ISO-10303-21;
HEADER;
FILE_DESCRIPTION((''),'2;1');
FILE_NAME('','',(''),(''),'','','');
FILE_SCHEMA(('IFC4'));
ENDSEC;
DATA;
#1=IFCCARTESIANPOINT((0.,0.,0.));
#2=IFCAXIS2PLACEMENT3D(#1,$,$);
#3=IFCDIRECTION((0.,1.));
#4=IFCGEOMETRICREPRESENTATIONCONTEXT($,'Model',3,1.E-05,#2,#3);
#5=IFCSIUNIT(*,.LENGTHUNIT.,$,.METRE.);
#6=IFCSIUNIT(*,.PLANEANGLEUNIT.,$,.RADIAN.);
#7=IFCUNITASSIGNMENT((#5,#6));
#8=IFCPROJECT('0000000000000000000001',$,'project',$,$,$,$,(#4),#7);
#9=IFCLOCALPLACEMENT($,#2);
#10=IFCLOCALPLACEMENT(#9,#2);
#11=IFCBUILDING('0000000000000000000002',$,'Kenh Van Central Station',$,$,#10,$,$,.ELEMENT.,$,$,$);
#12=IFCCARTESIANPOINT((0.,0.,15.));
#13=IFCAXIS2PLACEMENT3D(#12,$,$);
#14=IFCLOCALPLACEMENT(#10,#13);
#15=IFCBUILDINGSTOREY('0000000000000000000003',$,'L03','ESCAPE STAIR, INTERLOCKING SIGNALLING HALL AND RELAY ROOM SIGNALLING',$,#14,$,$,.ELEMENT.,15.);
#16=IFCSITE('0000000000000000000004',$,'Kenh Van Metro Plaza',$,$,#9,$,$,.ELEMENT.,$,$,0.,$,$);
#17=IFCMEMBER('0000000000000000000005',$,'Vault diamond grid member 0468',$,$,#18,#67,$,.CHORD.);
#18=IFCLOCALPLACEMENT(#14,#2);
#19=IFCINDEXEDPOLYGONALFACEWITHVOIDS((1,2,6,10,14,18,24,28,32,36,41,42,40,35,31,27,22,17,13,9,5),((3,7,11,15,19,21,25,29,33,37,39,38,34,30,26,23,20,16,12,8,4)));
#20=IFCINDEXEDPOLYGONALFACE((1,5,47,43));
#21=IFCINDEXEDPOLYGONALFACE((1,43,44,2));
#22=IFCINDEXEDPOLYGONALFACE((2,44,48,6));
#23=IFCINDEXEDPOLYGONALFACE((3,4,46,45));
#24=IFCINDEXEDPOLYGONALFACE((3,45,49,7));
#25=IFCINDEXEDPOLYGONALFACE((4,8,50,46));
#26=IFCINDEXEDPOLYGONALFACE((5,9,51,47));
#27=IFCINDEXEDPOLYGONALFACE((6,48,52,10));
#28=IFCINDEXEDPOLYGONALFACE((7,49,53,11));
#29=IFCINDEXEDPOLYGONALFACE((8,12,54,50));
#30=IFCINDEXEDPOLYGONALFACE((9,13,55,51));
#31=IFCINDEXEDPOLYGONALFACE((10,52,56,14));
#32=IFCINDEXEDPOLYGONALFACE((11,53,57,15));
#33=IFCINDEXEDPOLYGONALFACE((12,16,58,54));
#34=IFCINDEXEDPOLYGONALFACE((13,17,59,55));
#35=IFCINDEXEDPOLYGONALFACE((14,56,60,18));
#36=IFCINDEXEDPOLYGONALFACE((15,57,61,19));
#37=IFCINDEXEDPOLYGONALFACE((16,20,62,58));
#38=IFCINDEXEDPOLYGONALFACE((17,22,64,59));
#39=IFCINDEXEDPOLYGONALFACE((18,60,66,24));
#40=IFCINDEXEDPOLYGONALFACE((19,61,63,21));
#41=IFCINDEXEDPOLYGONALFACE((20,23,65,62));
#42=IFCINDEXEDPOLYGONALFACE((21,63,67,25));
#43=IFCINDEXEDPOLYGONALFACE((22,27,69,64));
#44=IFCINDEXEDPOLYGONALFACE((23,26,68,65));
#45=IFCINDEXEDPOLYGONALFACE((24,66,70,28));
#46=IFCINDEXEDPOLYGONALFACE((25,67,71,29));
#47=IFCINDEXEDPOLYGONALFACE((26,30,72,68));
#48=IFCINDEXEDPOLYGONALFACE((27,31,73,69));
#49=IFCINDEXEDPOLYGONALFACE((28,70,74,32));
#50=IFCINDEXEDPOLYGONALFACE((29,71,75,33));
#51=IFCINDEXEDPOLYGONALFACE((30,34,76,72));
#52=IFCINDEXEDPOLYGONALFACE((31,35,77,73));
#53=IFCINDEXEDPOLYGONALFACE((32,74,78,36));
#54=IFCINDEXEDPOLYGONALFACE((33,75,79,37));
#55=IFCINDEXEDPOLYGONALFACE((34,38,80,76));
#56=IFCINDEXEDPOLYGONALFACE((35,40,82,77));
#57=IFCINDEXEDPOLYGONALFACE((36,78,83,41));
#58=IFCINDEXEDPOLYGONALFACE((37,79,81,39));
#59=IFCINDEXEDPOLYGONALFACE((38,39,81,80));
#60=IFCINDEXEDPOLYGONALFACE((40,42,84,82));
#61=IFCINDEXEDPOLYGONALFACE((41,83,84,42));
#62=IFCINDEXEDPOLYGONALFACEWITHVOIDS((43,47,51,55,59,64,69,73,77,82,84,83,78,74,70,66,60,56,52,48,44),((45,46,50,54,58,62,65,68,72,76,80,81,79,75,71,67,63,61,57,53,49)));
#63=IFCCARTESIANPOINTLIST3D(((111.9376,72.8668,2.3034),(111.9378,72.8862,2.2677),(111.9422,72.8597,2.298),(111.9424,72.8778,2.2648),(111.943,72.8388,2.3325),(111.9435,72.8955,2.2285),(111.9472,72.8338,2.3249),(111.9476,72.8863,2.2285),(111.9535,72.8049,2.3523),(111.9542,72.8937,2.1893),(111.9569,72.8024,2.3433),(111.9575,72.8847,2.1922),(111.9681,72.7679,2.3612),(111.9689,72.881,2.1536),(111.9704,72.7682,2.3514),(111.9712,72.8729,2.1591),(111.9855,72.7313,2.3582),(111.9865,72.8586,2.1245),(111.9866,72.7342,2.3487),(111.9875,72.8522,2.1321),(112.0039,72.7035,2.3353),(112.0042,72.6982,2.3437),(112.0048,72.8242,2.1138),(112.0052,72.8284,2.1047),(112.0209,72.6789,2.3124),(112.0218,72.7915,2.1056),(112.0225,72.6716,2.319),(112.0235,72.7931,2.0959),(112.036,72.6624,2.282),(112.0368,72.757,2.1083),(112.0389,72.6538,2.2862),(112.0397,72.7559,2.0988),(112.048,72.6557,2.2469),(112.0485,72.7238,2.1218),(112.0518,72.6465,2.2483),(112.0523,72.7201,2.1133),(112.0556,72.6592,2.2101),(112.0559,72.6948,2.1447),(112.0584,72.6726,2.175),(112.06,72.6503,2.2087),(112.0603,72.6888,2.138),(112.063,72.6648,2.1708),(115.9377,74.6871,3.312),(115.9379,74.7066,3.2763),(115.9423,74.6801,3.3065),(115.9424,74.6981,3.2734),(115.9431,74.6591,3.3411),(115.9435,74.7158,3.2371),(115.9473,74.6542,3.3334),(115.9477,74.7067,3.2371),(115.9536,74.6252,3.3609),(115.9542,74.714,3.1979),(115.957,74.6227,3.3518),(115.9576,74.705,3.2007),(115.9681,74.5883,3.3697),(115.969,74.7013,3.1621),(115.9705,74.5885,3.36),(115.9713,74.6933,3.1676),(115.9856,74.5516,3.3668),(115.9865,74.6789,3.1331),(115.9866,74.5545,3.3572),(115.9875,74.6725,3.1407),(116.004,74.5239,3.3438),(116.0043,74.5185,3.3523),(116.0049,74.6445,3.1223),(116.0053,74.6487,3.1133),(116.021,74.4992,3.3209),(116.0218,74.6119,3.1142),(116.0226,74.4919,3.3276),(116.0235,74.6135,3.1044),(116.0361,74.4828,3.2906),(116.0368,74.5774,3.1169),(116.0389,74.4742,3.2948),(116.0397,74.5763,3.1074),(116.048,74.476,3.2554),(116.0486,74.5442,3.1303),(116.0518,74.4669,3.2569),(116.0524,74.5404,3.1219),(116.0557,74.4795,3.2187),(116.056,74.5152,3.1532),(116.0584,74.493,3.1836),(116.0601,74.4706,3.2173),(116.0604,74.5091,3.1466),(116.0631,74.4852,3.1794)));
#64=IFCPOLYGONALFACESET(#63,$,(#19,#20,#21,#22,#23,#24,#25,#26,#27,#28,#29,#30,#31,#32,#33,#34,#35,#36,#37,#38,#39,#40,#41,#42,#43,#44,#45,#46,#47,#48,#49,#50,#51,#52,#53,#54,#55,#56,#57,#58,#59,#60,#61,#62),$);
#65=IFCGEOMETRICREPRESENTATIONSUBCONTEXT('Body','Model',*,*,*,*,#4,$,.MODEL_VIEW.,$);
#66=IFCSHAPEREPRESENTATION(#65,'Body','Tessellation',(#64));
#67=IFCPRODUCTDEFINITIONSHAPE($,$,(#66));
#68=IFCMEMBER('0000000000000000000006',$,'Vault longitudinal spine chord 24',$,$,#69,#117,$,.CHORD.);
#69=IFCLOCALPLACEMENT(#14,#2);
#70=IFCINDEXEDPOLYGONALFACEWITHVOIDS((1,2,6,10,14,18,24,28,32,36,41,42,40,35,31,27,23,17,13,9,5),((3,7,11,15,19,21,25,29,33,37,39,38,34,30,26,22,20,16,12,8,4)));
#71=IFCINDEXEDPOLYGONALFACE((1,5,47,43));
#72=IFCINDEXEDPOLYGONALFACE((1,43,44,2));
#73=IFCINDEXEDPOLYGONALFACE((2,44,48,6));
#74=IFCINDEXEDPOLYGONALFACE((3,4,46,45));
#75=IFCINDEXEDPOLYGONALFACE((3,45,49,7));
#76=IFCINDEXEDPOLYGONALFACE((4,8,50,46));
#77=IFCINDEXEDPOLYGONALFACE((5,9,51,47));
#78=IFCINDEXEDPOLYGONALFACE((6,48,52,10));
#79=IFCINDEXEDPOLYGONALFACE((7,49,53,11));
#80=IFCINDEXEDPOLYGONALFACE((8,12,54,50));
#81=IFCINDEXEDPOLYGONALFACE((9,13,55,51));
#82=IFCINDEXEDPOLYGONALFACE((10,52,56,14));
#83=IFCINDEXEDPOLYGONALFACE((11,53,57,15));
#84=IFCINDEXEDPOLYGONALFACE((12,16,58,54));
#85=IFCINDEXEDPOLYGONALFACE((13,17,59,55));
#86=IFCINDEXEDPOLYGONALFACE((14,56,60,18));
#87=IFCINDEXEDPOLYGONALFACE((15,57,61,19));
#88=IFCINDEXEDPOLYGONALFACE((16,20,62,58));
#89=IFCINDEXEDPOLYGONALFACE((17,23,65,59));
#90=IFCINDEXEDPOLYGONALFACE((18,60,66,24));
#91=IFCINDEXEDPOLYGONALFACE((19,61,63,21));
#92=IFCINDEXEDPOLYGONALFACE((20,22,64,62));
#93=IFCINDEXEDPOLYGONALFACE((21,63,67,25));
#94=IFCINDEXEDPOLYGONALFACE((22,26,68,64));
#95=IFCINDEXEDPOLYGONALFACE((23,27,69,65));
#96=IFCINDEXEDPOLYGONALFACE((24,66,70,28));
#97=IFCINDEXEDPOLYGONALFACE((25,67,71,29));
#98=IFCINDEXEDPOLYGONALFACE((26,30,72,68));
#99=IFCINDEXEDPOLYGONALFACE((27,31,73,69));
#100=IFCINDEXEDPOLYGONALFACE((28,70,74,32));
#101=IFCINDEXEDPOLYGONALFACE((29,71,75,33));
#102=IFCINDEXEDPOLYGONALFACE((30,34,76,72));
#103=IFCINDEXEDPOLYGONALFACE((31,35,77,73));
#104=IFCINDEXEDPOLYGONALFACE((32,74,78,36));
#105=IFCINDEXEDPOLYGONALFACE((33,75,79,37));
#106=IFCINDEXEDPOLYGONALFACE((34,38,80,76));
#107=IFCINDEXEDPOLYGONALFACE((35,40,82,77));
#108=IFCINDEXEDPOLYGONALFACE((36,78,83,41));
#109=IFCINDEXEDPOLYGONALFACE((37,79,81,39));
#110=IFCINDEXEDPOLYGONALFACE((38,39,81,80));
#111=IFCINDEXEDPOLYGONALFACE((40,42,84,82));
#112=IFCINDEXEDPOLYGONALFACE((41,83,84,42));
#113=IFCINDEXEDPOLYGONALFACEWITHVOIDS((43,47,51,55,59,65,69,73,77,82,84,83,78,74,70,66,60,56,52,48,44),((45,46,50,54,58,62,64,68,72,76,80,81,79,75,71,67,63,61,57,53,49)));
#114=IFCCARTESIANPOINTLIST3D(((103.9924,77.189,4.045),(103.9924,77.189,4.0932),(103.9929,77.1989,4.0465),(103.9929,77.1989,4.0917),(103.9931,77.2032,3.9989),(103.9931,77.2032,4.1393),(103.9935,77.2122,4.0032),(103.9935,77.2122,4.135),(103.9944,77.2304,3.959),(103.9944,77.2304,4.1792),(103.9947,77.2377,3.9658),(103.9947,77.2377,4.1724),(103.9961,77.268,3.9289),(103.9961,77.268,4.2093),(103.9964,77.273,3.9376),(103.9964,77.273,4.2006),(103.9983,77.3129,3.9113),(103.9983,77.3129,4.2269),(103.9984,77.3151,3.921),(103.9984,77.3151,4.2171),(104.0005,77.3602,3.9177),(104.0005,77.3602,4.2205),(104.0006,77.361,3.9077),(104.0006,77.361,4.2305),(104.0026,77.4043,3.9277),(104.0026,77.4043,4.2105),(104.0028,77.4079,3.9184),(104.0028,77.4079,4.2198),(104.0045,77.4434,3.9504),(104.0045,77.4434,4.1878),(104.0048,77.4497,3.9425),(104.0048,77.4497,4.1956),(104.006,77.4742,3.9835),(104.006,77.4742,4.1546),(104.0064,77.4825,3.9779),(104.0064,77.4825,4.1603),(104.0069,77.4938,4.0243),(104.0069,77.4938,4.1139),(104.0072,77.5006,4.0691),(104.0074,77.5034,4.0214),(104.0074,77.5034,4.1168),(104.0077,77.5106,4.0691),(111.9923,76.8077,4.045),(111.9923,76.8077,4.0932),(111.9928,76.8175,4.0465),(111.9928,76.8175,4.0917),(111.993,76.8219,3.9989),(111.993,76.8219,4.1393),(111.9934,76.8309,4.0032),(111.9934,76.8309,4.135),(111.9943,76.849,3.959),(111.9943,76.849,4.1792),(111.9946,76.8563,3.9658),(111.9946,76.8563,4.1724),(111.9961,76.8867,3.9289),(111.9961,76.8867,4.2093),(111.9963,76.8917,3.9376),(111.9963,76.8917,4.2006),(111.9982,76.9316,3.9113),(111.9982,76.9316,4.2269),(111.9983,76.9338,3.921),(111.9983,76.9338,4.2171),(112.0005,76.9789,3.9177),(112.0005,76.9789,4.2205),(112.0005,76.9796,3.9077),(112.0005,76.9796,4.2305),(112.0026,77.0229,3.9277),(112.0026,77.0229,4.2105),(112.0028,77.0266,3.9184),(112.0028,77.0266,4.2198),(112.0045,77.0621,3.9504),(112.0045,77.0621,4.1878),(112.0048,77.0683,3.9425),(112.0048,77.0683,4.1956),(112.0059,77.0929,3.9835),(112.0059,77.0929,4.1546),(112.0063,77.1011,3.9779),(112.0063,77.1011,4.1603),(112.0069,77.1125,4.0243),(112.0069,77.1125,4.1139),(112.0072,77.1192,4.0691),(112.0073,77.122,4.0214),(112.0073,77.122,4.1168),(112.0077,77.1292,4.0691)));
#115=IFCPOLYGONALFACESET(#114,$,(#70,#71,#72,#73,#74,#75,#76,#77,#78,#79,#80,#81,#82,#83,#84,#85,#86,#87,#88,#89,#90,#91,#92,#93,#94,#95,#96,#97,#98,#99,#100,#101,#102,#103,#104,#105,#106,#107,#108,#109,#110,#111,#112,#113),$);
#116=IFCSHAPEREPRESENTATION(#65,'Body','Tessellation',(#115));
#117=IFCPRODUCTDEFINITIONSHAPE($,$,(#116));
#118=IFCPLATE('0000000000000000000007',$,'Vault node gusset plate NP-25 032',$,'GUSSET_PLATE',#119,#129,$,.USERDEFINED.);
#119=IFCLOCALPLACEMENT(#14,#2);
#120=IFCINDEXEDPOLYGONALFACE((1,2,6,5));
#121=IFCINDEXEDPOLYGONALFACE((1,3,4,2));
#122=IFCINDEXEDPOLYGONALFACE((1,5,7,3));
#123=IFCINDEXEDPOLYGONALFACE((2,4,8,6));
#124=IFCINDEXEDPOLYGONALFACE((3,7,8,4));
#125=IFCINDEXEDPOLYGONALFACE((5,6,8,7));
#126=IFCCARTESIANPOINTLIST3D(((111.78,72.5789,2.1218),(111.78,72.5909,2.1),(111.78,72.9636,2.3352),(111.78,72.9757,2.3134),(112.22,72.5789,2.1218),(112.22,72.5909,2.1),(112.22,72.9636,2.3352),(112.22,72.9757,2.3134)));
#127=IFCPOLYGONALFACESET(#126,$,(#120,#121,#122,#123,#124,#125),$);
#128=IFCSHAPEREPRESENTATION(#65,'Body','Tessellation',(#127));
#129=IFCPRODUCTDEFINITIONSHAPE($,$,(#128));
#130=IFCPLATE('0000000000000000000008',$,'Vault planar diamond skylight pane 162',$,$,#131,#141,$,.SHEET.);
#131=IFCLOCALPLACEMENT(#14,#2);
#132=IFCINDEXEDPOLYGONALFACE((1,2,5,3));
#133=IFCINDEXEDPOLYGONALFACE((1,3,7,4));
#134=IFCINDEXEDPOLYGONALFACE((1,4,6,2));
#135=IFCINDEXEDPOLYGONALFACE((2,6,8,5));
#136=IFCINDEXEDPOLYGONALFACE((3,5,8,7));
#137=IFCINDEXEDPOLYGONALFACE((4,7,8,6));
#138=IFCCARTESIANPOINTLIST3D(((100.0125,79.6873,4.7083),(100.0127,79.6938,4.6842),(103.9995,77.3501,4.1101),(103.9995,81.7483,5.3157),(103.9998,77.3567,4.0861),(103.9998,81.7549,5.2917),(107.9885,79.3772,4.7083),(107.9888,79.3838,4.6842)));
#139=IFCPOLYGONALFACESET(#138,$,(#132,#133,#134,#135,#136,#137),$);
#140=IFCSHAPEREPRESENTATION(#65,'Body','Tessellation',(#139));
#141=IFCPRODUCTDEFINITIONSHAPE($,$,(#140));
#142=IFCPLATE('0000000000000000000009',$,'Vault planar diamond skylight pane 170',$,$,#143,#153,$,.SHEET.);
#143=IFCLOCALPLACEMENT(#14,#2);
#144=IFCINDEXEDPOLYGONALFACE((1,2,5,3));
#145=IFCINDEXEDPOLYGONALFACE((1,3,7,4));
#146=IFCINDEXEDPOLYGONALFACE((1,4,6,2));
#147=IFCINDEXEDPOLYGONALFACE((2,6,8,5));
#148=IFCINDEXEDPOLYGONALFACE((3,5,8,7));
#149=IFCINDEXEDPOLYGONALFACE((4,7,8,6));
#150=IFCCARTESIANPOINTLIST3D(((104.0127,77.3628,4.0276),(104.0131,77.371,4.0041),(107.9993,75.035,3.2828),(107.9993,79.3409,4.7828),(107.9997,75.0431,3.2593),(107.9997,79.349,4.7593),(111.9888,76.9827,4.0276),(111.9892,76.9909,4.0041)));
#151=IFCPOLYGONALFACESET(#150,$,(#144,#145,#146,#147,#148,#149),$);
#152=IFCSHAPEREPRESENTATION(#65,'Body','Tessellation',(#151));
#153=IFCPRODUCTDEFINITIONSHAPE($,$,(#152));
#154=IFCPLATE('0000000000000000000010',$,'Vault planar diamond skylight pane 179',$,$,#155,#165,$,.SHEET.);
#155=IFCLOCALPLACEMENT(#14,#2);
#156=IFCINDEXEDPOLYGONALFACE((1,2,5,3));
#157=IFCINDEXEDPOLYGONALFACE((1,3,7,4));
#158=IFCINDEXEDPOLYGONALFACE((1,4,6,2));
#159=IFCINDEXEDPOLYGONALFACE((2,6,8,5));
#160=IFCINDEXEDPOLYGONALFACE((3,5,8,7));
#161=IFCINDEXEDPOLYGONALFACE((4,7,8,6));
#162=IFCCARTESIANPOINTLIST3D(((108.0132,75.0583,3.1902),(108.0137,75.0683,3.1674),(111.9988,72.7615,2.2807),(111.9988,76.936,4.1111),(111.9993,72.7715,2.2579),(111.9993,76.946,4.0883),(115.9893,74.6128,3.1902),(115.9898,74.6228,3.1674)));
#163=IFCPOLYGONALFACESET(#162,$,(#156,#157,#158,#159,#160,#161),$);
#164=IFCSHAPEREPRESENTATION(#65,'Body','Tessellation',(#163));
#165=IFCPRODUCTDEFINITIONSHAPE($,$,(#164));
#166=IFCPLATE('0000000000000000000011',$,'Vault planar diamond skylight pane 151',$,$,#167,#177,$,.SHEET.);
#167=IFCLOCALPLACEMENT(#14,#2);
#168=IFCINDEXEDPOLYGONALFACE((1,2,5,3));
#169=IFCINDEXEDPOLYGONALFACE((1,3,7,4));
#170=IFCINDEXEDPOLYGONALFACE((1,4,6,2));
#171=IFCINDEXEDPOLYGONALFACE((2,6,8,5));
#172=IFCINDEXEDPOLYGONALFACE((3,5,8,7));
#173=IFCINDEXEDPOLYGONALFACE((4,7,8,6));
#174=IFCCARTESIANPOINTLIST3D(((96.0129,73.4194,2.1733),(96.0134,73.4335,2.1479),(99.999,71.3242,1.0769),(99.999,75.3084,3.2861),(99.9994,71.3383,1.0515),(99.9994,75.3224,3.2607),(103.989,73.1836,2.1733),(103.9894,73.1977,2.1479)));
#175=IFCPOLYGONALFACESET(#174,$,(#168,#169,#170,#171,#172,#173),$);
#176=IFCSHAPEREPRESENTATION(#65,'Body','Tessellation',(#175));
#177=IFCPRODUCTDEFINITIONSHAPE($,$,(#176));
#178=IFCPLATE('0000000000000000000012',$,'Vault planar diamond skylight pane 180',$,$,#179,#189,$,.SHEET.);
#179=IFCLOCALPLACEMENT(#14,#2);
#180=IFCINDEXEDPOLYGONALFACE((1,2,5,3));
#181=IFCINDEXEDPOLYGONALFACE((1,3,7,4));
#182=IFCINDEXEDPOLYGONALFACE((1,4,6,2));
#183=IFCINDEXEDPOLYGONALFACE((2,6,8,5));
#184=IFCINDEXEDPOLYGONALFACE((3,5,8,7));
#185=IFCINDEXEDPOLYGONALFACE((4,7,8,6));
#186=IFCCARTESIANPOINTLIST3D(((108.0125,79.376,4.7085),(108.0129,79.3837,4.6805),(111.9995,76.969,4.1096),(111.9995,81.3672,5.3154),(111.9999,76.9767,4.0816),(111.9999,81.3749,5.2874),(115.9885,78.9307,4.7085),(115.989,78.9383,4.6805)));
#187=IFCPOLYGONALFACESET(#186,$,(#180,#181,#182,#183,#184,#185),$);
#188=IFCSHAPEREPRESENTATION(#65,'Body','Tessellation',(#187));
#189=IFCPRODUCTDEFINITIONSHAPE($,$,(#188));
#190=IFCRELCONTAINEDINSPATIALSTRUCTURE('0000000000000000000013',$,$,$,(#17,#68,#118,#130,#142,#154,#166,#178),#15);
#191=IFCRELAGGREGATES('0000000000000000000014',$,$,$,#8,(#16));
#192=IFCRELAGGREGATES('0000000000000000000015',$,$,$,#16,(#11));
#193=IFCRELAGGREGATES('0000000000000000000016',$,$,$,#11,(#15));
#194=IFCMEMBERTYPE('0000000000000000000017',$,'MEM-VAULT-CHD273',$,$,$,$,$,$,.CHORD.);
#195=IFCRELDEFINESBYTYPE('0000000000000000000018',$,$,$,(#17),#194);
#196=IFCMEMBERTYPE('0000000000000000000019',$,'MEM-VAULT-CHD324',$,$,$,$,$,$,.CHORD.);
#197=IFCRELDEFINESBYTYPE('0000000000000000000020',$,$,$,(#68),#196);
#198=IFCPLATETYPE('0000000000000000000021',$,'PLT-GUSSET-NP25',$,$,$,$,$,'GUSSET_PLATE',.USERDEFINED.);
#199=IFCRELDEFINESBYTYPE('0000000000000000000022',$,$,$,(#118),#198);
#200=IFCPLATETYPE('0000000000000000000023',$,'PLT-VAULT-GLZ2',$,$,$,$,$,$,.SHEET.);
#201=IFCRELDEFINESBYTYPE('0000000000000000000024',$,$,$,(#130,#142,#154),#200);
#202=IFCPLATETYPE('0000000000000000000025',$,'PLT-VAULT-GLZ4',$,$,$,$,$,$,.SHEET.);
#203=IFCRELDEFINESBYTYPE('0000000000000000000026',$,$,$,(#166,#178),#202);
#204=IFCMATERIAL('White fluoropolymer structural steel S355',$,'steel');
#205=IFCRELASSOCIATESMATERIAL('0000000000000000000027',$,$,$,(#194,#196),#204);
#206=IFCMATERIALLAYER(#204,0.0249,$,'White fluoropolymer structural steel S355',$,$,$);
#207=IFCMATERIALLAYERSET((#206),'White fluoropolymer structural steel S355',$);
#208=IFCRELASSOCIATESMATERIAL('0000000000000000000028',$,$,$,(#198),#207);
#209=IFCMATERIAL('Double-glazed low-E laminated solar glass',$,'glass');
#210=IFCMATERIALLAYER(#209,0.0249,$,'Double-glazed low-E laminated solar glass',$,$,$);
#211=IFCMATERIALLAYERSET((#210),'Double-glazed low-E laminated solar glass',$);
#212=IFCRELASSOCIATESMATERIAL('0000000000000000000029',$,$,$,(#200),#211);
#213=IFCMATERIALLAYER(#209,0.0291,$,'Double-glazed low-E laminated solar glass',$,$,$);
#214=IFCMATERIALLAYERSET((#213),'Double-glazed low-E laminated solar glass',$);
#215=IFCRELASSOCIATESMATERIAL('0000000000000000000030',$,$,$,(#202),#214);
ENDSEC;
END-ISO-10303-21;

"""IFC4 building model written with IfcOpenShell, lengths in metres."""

from ifc_helpers import new_model, si_unit, direction, frame, origin, origin_2d, place, context, subcontext, project, spatial, polyline, hollow_circle, outline, extrude, material, layer, layer_set, material_profile, profile_set, type_object, element, save


model = new_model("IFC4")

# Units and contexts
model_context = context("Model", 3, precision=1e-05, world=origin(), true_north=direction((0.0, 1.0)))
body_context = subcontext(model_context, "Body", "Model", "MODEL_VIEW")
ifc_project = project(units=[si_unit("LENGTHUNIT", "METRE"), si_unit("PLANEANGLEUNIT", "RADIAN")], contexts=[model_context])

# Site, building, storey
site_placement = place(None, origin())
site = spatial("IfcSite", under=ifc_project, at=site_placement, Name="Kenh Van Metro Plaza", CompositionType="ELEMENT", RefElevation=0.0)
building_placement = place(site_placement, origin())
building = spatial("IfcBuilding", under=site, at=building_placement, Name="Kenh Van Central Station", CompositionType="ELEMENT")
storey_placement = place(building_placement, frame((0.0, 0.0, 15.0)))
storey = spatial("IfcBuildingStorey", under=building, at=storey_placement, Name="L03", Description="ESCAPE STAIR, INTERLOCKING SIGNALLING HALL AND RELAY ROOM SIGNALLING", CompositionType="ELEMENT", Elevation=15.0)

# Shared definitions
ifc_material_1 = material(Name="White fluoropolymer structural steel S355", Category="steel")

# Members
ifc_material_profile_1 = material_profile(ifc_material_1, hollow_circle(Radius=0.1365, WallThickness=0.01, at=origin_2d()), Name="CHS 273x10")
ifc_profile_set_1 = profile_set([ifc_material_profile_1], Name="White fluoropolymer structural steel S355")
member_type_1 = type_object("IfcMemberType", Name="MEM-VAULT-CHD273", PredefinedType="CHORD", material=ifc_profile_set_1)
member_1_placement = place(storey_placement, frame((112.0, 72.7712, 2.2285), z_axis=(0.887123, 0.40371, 0.223676), x_axis=(-0.414205, 0.910184, 0.0)))
element("IfcMember", 1, at=member_1_placement, inside=storey, type_object=member_type_1, Name="Vault diamond grid member 0468", PredefinedType="CHORD", context=body_context, shape_type="SweptSolid", body=[
    extrude(hollow_circle(Radius=0.1365, WallThickness=0.01, at=origin_2d()), origin(), (0.0, 0.0, 1.0), 4.509),
])
ifc_material_profile_2 = material_profile(ifc_material_1, hollow_circle(Radius=0.1619, WallThickness=0.01, at=origin_2d()), Name="CHS 323.9x10")
ifc_profile_set_2 = profile_set([ifc_material_profile_2], Name="White fluoropolymer structural steel S355")
member_type_2 = type_object("IfcMemberType", Name="MEM-VAULT-CHD324", PredefinedType="CHORD", material=ifc_profile_set_2)
member_2_placement = place(storey_placement, frame((104.0, 77.3489, 4.0691), z_axis=(0.998866, -0.047614, 0.0), x_axis=(0.047614, 0.998866, 0.0)))
element("IfcMember", 2, at=member_2_placement, inside=storey, type_object=member_type_2, Name="Vault longitudinal spine chord 24", PredefinedType="CHORD", context=body_context, shape_type="SweptSolid", body=[
    extrude(hollow_circle(Radius=0.1619, WallThickness=0.01, at=origin_2d()), origin(), (0.0, 0.0, 1.0), 8.009),
])

# Plates
ifc_layer_1 = layer(ifc_material_1, 0.0249, Name="White fluoropolymer structural steel S355")
ifc_layer_set_1 = layer_set([ifc_layer_1], Name="White fluoropolymer structural steel S355")
plate_type_1 = type_object("IfcPlateType", Name="PLT-GUSSET-NP25", ElementType="GUSSET_PLATE", PredefinedType="USERDEFINED", material=ifc_layer_set_1)
plate_1_placement = place(storey_placement, frame((111.78, 72.5789, 2.1218), z_axis=(0.0, -0.484983, 0.874523), x_axis=(1.0, 0.0, 0.0)))
element("IfcPlate", 3, at=plate_1_placement, inside=storey, type_object=plate_type_1, Name="Vault node gusset plate NP-25 032", ObjectType="GUSSET_PLATE", PredefinedType="USERDEFINED", context=body_context, shape_type="SweptSolid", body=[
    extrude(outline(polyline([(0.0, 0.0), (0.4399, 0.0), (0.4399, 0.44), (0.0, 0.44), (0.0, 0.0)])), origin(), (0.0, 0.0, -1.0), 0.0249),
])
ifc_material_2 = material(Name="Double-glazed low-E laminated solar glass", Category="glass")
ifc_layer_2 = layer(ifc_material_2, 0.0249, Name="Double-glazed low-E laminated solar glass")
ifc_layer_set_2 = layer_set([ifc_layer_2], Name="Double-glazed low-E laminated solar glass")
plate_type_2 = type_object("IfcPlateType", Name="PLT-VAULT-GLZ2", PredefinedType="SHEET", material=ifc_layer_set_2)
plate_2_placement = place(storey_placement, frame((100.0125, 79.6873, 4.7083), z_axis=(-0.010276, -0.26434, 0.964375), x_axis=(0.85557, -0.501523, -0.128353)))
element("IfcPlate", 4, at=plate_2_placement, inside=storey, type_object=plate_type_2, Name="Vault planar diamond skylight pane 162", PredefinedType="SHEET", context=body_context, shape_type="SweptSolid", body=[
    extrude(outline(polyline([(0.0, 0.0), (4.6601, 0.0), (6.9796, 3.8729), (2.2996, 3.902), (0.0, 0.0)])), origin(), (0.0, 0.0, -1.0), 0.0249),
])
plate_3_placement = place(storey_placement, frame((104.0127, 77.3628, 4.0276), z_axis=(-0.015676, -0.328929, 0.944225), x_axis=(0.852536, -0.497813, -0.159264)))
element("IfcPlate", 5, at=plate_3_placement, inside=storey, type_object=plate_type_2, Name="Vault planar diamond skylight pane 170", PredefinedType="SHEET", context=body_context, shape_type="SweptSolid", body=[
    extrude(outline(polyline([(0.0, 0.0), (4.6761, 0.0), (6.9891, 3.8619), (2.2937, 3.8878), (0.0, 0.0)])), origin(), (0.0, 0.0, -1.0), 0.0249),
])
plate_4_placement = place(storey_placement, frame((108.0132, 75.0583, 3.1902), z_axis=(-0.022425, -0.401445, 0.915608), x_axis=(0.84997, -0.489831, -0.193947)))
element("IfcPlate", 6, at=plate_4_placement, inside=storey, type_object=plate_type_2, Name="Vault planar diamond skylight pane 179", PredefinedType="SHEET", context=body_context, shape_type="SweptSolid", body=[
    extrude(outline(polyline([(0.0, 0.0), (4.6891, 0.0), (6.9977, 3.8534), (2.2893, 3.8753), (0.0, 0.0)])), origin(), (0.0, 0.0, -1.0), 0.0249),
])
ifc_layer_3 = layer(ifc_material_2, 0.0291, Name="Double-glazed low-E laminated solar glass")
ifc_layer_set_3 = layer_set([ifc_layer_3], Name="Double-glazed low-E laminated solar glass")
plate_type_3 = type_object("IfcPlateType", Name="PLT-VAULT-GLZ4", PredefinedType="SHEET", material=ifc_layer_set_3)
plate_5_placement = place(storey_placement, frame((96.0129, 73.4194, 2.1733), z_axis=(-0.014337, -0.484892, 0.874456), x_axis=(0.860042, -0.452064, -0.236571)))
element("IfcPlate", 7, at=plate_5_placement, inside=storey, type_object=plate_type_3, Name="Vault planar diamond skylight pane 151", PredefinedType="SHEET", context=body_context, shape_type="SweptSolid", body=[
    extrude(outline(polyline([(0.0, 0.0), (4.6348, 0.0), (6.9664, 3.8914), (2.311, 3.9185), (0.0, 0.0)])), origin(), (0.0, 0.0, -1.0), 0.0291),
])
plate_6_placement = place(storey_placement, frame((108.0125, 79.376, 4.7085), z_axis=(-0.01476, -0.264375, 0.964307), x_axis=(0.849102, -0.512602, -0.127538)))
element("IfcPlate", 8, at=plate_6_placement, inside=storey, type_object=plate_type_3, Name="Vault planar diamond skylight pane 180", PredefinedType="SHEET", context=body_context, shape_type="SweptSolid", body=[
    extrude(outline(polyline([(0.0, 0.0), (4.6956, 0.0), (7.0008, 3.8478), (2.2873, 3.8727), (0.0, 0.0)])), origin(), (0.0, 0.0, -1.0), 0.0291),
])

save(model, "model.ifc")
